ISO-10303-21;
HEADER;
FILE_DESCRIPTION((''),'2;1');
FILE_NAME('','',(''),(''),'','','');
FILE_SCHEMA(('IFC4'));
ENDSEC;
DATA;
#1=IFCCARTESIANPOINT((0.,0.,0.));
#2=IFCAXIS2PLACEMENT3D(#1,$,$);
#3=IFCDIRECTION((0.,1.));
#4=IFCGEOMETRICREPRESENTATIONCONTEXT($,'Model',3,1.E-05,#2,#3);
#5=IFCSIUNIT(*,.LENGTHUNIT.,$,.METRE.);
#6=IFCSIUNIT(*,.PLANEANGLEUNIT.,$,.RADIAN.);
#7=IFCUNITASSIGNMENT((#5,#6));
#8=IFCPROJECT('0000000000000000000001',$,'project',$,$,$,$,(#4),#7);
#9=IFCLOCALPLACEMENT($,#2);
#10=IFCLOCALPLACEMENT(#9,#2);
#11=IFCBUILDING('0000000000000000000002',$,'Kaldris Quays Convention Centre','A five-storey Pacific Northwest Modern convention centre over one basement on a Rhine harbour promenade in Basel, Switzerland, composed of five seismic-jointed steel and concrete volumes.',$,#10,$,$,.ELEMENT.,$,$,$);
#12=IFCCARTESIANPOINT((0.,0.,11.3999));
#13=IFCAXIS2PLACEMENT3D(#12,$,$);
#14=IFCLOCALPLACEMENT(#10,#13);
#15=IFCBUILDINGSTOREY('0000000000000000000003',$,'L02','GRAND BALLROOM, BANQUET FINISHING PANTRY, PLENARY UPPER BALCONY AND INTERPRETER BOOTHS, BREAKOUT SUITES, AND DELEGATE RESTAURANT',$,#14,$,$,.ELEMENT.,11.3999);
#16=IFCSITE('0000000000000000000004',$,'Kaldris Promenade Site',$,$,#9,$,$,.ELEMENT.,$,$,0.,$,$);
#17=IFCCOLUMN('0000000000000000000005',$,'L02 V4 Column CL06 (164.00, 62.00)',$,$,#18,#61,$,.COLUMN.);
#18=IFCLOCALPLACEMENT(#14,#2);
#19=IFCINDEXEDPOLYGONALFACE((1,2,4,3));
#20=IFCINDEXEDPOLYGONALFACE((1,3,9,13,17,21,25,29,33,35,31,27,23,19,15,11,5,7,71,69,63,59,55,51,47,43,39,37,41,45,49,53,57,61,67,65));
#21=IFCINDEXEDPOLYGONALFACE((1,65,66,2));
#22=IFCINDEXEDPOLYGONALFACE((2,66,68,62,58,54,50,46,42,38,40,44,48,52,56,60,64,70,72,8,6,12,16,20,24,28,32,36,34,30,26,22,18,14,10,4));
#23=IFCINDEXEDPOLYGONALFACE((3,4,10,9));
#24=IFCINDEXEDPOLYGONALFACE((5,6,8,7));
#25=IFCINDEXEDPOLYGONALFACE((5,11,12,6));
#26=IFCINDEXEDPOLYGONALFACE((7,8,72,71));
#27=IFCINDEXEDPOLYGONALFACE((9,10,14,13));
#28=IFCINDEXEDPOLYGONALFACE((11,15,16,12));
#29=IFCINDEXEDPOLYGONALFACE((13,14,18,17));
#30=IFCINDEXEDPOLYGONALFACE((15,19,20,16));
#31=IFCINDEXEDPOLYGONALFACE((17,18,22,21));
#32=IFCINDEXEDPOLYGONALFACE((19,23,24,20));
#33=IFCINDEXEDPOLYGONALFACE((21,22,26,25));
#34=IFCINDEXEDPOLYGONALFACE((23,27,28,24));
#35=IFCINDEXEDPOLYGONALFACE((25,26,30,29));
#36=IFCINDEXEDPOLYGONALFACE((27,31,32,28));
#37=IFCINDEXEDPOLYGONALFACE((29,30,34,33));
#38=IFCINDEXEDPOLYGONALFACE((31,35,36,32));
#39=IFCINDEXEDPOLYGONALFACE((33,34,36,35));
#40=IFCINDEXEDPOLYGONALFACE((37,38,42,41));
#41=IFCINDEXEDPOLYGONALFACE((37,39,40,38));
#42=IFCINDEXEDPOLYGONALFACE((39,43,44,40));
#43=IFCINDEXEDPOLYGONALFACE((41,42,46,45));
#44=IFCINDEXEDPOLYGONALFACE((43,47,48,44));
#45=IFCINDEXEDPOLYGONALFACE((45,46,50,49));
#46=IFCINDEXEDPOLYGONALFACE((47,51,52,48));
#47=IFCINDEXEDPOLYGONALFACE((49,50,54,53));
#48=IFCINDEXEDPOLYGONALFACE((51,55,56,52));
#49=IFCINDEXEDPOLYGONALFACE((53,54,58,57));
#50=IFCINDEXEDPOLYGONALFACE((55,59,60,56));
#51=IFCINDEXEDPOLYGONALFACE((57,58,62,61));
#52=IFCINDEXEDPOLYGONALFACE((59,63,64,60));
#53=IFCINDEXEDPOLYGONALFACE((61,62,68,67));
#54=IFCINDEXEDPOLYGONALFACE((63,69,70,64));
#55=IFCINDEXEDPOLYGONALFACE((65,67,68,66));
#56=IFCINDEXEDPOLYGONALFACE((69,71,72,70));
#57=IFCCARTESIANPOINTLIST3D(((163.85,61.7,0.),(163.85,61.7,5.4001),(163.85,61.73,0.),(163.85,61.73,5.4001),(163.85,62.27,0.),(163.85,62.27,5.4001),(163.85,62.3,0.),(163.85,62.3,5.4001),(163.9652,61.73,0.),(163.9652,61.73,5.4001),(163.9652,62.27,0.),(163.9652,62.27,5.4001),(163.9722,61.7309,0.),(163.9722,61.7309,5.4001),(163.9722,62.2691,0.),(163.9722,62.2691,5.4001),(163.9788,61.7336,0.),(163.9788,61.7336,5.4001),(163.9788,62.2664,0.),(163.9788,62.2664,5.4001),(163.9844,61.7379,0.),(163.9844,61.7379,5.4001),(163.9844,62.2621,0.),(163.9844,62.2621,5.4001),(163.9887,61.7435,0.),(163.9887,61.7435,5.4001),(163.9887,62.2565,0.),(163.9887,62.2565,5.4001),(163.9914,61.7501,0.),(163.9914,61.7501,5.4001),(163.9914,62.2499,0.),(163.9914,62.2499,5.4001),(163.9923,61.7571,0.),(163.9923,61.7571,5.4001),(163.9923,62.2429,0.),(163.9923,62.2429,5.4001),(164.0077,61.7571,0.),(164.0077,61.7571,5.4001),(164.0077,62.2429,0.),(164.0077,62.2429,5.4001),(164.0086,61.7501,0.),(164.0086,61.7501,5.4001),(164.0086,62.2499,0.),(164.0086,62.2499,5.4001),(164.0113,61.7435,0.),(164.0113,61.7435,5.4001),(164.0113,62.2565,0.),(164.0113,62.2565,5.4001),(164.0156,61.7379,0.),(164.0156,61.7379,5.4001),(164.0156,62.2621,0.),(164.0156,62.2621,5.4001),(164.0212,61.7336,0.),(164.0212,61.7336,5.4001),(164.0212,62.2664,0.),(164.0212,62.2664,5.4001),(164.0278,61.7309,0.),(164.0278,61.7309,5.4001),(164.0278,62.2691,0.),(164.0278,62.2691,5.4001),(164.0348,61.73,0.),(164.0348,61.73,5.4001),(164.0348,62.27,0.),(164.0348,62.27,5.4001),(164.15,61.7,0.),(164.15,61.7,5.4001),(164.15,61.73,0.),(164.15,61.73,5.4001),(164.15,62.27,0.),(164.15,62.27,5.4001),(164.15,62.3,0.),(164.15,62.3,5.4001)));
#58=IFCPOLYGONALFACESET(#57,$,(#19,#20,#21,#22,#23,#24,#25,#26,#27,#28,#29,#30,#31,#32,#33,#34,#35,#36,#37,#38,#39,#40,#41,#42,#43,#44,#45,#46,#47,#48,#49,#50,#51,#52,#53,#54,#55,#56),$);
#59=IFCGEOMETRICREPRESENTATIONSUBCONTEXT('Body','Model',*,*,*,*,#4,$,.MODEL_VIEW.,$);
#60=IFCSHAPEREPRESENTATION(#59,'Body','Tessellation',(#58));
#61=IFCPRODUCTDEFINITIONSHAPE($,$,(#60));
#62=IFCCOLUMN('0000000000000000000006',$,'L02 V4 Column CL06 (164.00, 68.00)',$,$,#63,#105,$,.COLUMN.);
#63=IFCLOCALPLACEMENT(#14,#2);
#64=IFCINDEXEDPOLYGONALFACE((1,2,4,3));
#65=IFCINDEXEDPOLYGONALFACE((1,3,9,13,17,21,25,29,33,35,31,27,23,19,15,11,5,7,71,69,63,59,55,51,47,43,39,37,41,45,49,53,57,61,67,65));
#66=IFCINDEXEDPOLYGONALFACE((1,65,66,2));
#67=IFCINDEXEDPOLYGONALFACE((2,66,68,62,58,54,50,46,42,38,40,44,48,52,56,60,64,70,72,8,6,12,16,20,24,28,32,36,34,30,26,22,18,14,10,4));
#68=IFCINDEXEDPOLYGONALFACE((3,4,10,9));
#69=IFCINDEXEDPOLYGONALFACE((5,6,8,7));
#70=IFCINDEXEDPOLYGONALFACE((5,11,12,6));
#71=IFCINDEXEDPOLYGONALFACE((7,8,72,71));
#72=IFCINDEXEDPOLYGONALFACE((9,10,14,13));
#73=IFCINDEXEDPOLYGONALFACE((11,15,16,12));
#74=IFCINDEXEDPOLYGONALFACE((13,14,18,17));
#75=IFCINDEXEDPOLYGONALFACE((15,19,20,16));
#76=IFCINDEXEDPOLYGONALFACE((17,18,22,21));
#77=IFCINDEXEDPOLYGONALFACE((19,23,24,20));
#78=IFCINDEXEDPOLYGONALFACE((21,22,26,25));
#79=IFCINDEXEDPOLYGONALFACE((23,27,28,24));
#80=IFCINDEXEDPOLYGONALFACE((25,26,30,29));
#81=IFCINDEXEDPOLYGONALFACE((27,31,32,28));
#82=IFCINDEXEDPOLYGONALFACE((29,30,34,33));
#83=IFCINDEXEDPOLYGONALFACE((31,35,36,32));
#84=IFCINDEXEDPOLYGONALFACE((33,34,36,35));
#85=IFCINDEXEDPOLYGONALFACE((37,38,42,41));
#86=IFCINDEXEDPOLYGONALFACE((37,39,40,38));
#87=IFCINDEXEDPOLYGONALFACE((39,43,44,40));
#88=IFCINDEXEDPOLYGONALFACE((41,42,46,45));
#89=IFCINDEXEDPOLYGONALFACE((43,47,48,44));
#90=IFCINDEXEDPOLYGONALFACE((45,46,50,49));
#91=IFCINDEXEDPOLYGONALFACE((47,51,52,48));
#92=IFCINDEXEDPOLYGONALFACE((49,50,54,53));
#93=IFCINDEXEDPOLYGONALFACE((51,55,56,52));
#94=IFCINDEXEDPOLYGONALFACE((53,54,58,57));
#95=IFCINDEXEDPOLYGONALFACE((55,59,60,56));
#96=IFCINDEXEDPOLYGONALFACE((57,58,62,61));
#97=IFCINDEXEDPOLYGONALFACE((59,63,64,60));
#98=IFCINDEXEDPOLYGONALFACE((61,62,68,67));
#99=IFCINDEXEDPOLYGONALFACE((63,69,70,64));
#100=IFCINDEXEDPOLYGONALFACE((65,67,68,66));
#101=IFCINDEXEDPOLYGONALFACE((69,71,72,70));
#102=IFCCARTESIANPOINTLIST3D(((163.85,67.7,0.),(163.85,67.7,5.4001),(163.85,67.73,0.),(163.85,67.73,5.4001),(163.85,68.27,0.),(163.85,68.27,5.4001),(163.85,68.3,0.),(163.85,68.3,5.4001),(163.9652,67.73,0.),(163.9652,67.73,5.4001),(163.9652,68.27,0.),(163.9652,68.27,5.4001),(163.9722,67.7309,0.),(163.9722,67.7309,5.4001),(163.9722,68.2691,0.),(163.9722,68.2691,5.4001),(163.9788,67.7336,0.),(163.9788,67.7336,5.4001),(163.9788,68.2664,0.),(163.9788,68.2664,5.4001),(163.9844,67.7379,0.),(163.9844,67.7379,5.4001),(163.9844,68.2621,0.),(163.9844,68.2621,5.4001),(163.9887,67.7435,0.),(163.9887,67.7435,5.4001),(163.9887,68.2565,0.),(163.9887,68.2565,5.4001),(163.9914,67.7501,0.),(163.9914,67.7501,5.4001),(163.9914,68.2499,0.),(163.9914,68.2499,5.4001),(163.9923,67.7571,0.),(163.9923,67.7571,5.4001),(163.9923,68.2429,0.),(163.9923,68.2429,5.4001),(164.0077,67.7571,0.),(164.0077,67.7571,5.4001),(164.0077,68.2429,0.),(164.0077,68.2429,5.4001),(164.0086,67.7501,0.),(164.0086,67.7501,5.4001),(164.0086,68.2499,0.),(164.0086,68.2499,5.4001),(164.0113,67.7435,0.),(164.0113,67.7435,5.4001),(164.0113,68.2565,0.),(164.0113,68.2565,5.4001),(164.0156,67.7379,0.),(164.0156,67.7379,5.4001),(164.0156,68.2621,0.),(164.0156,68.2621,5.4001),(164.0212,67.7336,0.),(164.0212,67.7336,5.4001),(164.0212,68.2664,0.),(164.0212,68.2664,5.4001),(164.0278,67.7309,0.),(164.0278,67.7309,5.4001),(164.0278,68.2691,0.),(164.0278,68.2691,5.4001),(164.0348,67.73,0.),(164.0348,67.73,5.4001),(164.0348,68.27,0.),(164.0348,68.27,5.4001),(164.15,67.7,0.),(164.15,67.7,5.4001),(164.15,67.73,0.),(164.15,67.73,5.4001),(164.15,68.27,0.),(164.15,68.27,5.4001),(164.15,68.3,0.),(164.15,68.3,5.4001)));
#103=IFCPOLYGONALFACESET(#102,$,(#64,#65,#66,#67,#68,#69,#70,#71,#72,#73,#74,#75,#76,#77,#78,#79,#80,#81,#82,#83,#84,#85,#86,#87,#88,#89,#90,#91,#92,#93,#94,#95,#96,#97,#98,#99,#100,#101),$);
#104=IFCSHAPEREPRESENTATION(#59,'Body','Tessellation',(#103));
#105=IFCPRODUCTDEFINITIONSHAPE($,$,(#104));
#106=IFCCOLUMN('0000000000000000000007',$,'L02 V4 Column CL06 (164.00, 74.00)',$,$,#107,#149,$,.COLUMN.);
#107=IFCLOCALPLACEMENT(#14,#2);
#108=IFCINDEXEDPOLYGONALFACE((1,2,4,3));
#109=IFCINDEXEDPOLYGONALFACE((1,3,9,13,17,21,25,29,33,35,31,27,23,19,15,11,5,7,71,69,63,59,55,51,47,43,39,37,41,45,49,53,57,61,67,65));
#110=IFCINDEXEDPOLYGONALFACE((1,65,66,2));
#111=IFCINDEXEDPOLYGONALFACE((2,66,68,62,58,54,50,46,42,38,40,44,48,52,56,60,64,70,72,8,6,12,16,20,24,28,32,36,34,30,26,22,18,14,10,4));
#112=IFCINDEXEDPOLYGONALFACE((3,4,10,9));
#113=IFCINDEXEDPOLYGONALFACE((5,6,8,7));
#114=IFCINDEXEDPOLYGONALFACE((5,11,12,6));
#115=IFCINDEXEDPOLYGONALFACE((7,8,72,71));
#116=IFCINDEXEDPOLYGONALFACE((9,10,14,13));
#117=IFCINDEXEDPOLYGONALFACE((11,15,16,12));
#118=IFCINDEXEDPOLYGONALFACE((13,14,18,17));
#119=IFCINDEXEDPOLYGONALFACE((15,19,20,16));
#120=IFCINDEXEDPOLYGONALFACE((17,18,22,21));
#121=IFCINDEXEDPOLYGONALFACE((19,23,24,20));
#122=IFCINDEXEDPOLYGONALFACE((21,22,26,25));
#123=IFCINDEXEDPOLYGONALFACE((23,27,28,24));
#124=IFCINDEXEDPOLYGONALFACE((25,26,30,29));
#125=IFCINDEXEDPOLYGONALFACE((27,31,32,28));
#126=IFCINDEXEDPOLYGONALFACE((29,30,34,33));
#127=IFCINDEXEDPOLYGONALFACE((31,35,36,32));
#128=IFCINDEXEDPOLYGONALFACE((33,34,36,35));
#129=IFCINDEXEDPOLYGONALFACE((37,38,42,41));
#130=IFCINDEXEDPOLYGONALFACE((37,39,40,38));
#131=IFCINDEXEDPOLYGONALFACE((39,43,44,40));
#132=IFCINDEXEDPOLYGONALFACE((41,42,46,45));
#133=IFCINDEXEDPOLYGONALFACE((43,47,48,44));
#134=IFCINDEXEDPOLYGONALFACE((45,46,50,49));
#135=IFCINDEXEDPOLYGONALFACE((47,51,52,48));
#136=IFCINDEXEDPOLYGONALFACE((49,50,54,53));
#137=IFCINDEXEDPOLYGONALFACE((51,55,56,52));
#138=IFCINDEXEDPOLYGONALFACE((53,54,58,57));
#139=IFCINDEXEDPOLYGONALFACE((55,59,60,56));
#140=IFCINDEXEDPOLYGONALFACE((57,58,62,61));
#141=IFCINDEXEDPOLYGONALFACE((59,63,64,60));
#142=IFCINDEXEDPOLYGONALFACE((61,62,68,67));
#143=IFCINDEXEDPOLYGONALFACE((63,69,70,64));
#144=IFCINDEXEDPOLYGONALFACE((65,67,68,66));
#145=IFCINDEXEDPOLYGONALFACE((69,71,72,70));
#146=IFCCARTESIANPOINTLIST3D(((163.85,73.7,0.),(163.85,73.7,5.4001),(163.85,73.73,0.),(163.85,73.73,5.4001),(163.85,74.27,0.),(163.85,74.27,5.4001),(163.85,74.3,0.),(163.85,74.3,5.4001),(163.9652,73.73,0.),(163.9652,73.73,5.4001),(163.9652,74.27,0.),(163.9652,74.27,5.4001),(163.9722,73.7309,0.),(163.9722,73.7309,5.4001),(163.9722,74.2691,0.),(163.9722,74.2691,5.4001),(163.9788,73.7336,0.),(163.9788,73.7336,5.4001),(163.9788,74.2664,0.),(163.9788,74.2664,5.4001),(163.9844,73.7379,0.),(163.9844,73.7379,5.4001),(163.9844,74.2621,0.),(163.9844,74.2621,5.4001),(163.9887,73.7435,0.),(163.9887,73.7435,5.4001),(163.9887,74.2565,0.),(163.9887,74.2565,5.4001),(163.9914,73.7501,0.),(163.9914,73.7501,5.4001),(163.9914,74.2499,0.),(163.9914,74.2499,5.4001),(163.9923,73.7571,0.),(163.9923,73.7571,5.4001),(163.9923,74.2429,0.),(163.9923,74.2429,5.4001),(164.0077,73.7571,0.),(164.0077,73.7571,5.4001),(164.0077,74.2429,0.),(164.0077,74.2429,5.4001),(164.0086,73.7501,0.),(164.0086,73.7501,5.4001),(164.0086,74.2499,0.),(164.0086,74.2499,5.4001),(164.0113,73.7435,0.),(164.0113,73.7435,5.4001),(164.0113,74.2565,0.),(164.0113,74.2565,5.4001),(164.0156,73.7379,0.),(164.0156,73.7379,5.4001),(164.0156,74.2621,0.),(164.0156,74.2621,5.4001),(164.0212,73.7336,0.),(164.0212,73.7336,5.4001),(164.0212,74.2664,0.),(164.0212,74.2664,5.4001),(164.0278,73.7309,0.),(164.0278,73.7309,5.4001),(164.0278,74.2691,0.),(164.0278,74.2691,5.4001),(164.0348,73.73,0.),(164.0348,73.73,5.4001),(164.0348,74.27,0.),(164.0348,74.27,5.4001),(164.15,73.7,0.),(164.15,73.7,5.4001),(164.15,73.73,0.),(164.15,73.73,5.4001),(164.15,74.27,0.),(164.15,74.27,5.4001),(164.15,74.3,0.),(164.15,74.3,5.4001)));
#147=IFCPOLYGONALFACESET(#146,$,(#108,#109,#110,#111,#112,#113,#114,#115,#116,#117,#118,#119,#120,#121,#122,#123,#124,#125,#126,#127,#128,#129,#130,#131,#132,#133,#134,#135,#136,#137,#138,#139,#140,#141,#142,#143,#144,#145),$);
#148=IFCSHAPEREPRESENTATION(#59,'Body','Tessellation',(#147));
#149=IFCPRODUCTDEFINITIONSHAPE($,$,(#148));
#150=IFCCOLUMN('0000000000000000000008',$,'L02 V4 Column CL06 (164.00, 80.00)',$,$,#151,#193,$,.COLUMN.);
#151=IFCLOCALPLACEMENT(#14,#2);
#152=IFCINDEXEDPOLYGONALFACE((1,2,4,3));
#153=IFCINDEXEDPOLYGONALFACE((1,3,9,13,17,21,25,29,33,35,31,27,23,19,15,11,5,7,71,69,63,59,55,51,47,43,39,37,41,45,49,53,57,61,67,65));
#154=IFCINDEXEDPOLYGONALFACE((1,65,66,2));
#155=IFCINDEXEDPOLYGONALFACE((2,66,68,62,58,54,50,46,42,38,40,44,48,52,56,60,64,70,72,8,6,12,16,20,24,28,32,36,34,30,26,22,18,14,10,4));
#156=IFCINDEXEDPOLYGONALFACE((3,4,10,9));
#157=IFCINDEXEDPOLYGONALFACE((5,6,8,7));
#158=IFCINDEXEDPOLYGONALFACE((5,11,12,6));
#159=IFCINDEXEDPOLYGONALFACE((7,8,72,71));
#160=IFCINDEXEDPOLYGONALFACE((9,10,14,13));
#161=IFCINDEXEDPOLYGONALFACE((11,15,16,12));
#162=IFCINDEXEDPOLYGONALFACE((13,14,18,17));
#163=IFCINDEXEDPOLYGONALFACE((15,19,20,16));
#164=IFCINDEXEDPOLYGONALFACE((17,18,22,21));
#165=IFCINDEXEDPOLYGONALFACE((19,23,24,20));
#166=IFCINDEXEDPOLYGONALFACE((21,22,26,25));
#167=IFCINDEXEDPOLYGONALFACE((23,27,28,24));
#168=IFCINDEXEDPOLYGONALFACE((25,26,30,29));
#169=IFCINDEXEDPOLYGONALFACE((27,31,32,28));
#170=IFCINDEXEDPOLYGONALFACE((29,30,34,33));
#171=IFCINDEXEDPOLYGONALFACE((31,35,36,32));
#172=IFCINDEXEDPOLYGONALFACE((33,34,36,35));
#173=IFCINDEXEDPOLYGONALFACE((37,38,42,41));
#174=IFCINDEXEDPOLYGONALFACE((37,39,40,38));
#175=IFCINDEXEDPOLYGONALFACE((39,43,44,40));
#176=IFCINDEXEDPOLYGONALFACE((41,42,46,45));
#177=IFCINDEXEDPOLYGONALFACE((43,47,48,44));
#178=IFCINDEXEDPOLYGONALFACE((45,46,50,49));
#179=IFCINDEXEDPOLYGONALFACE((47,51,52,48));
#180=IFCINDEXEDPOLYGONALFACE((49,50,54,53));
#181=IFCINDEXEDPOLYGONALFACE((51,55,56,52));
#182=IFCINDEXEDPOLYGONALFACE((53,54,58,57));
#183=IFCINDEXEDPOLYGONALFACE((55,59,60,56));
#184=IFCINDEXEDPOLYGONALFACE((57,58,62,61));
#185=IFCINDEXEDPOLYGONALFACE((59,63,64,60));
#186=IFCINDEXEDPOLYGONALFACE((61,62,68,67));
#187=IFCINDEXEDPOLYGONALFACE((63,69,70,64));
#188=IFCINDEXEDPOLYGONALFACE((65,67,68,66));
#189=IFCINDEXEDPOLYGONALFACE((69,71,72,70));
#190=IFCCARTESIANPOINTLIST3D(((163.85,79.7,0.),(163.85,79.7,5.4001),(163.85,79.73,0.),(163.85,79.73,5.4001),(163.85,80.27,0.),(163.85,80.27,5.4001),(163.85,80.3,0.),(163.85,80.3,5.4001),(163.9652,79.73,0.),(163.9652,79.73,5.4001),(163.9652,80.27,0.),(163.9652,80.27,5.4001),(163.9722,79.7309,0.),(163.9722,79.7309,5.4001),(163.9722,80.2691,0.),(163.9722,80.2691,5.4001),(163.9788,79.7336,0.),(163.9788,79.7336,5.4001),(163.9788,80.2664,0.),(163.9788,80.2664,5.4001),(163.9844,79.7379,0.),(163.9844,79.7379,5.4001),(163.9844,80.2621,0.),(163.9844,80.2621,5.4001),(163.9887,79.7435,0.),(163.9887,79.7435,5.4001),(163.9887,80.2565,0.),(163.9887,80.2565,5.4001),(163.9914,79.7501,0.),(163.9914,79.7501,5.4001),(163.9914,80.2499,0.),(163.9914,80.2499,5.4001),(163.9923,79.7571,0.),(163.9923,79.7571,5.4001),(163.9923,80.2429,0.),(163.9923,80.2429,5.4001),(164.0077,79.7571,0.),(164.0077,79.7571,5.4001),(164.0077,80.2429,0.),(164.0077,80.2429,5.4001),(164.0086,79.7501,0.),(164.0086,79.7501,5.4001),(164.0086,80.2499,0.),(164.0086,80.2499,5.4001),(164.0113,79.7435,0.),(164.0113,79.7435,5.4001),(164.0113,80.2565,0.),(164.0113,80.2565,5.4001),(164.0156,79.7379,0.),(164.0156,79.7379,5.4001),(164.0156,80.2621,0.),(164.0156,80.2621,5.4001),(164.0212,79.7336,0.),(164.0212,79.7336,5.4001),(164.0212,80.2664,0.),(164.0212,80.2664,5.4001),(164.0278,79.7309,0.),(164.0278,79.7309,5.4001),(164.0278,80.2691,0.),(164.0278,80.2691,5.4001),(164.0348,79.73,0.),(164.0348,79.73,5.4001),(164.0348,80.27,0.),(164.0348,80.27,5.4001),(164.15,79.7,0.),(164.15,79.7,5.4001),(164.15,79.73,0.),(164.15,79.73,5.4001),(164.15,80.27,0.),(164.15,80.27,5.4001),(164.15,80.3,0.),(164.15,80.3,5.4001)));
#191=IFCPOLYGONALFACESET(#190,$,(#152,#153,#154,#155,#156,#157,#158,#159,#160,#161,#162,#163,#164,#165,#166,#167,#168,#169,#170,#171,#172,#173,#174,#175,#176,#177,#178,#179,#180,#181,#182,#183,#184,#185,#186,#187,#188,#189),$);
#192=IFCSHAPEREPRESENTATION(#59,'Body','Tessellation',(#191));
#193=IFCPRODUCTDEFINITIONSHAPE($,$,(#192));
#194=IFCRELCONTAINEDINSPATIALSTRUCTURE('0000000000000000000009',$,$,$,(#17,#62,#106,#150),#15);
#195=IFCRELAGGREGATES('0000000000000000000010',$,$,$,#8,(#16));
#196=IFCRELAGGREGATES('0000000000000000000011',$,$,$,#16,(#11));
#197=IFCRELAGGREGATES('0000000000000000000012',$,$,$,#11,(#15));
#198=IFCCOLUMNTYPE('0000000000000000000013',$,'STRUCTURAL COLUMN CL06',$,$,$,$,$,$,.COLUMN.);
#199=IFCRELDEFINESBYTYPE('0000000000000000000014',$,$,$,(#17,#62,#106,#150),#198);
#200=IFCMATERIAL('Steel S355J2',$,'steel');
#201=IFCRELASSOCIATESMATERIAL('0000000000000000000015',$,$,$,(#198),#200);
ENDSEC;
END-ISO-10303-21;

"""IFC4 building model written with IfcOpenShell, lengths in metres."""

from ifc_helpers import new_model, si_unit, direction, frame, origin, origin_2d, place, context, subcontext, project, spatial, i_section, extrude, material, material_profile, profile_set, type_object, element, save


model = new_model("IFC4")

# Units and contexts
model_context = context("Model", 3, precision=1e-05, world=origin(), true_north=direction((0.0, 1.0)))
body_context = subcontext(model_context, "Body", "Model", "MODEL_VIEW")
ifc_project = project(units=[si_unit("LENGTHUNIT", "METRE"), si_unit("PLANEANGLEUNIT", "RADIAN")], contexts=[model_context])

# Site, building, storey
site_placement = place(None, origin())
site = spatial("IfcSite", under=ifc_project, at=site_placement, Name="Kaldris Promenade Site", CompositionType="ELEMENT", RefElevation=0.0)
building_placement = place(site_placement, origin())
building = spatial("IfcBuilding", under=site, at=building_placement, Name="Kaldris Quays Convention Centre", Description="A five-storey Pacific Northwest Modern convention centre over one basement on a Rhine harbour promenade in Basel, Switzerland, composed of five seismic-jointed steel and concrete volumes.", CompositionType="ELEMENT")
storey_placement = place(building_placement, frame((0.0, 0.0, 11.3999)))
storey = spatial("IfcBuildingStorey", under=building, at=storey_placement, Name="L02", Description="GRAND BALLROOM, BANQUET FINISHING PANTRY, PLENARY UPPER BALCONY AND INTERPRETER BOOTHS, BREAKOUT SUITES, AND DELEGATE RESTAURANT", CompositionType="ELEMENT", Elevation=11.3999)

# Columns
ifc_material_1 = material(Name="Steel S355J2", Category="steel")
ifc_material_profile_1 = material_profile(ifc_material_1, i_section(OverallWidth=0.3, OverallDepth=0.6001, WebThickness=0.0154, FlangeThickness=0.03, FilletRadius=0.0271, at=origin_2d()), Name="HEB 600")
ifc_profile_set_1 = profile_set([ifc_material_profile_1], Name="Steel S355J2")
column_type = type_object("IfcColumnType", Name="STRUCTURAL COLUMN CL06", PredefinedType="COLUMN", material=ifc_profile_set_1)
for number, where, z_axis, x_axis, name in (
    (1, (164.0, 62.0, 0.0), (0.0, 0.0, 1.0), (1.0, 0.0, 0.0), "L02 V4 Column CL06 (164.00, 62.00)"),
    (2, (164.0, 68.0, 0.0), (0.0, 0.0, 1.0), (1.0, 0.0, 0.0), "L02 V4 Column CL06 (164.00, 68.00)"),
    (3, (164.0, 74.0, 0.0), (0.0, 0.0, 1.0), (1.0, 0.0, 0.0), "L02 V4 Column CL06 (164.00, 74.00)"),
    (4, (164.0, 80.0, 0.0), (0.0, 0.0, 1.0), (1.0, 0.0, 0.0), "L02 V4 Column CL06 (164.00, 80.00)"),
):
    element("IfcColumn", number, at=place(storey_placement, frame(where, z_axis=z_axis, x_axis=x_axis)), inside=storey, type_object=column_type, Name=name, PredefinedType="COLUMN", context=body_context, shape_type="SweptSolid", body=[
        extrude(i_section(OverallWidth=0.3, OverallDepth=0.6001, WebThickness=0.0154, FlangeThickness=0.03, FilletRadius=0.0271, at=origin_2d()), origin(), (0.0, 0.0, 1.0), 5.4001),
    ])

save(model, "model.ifc")
